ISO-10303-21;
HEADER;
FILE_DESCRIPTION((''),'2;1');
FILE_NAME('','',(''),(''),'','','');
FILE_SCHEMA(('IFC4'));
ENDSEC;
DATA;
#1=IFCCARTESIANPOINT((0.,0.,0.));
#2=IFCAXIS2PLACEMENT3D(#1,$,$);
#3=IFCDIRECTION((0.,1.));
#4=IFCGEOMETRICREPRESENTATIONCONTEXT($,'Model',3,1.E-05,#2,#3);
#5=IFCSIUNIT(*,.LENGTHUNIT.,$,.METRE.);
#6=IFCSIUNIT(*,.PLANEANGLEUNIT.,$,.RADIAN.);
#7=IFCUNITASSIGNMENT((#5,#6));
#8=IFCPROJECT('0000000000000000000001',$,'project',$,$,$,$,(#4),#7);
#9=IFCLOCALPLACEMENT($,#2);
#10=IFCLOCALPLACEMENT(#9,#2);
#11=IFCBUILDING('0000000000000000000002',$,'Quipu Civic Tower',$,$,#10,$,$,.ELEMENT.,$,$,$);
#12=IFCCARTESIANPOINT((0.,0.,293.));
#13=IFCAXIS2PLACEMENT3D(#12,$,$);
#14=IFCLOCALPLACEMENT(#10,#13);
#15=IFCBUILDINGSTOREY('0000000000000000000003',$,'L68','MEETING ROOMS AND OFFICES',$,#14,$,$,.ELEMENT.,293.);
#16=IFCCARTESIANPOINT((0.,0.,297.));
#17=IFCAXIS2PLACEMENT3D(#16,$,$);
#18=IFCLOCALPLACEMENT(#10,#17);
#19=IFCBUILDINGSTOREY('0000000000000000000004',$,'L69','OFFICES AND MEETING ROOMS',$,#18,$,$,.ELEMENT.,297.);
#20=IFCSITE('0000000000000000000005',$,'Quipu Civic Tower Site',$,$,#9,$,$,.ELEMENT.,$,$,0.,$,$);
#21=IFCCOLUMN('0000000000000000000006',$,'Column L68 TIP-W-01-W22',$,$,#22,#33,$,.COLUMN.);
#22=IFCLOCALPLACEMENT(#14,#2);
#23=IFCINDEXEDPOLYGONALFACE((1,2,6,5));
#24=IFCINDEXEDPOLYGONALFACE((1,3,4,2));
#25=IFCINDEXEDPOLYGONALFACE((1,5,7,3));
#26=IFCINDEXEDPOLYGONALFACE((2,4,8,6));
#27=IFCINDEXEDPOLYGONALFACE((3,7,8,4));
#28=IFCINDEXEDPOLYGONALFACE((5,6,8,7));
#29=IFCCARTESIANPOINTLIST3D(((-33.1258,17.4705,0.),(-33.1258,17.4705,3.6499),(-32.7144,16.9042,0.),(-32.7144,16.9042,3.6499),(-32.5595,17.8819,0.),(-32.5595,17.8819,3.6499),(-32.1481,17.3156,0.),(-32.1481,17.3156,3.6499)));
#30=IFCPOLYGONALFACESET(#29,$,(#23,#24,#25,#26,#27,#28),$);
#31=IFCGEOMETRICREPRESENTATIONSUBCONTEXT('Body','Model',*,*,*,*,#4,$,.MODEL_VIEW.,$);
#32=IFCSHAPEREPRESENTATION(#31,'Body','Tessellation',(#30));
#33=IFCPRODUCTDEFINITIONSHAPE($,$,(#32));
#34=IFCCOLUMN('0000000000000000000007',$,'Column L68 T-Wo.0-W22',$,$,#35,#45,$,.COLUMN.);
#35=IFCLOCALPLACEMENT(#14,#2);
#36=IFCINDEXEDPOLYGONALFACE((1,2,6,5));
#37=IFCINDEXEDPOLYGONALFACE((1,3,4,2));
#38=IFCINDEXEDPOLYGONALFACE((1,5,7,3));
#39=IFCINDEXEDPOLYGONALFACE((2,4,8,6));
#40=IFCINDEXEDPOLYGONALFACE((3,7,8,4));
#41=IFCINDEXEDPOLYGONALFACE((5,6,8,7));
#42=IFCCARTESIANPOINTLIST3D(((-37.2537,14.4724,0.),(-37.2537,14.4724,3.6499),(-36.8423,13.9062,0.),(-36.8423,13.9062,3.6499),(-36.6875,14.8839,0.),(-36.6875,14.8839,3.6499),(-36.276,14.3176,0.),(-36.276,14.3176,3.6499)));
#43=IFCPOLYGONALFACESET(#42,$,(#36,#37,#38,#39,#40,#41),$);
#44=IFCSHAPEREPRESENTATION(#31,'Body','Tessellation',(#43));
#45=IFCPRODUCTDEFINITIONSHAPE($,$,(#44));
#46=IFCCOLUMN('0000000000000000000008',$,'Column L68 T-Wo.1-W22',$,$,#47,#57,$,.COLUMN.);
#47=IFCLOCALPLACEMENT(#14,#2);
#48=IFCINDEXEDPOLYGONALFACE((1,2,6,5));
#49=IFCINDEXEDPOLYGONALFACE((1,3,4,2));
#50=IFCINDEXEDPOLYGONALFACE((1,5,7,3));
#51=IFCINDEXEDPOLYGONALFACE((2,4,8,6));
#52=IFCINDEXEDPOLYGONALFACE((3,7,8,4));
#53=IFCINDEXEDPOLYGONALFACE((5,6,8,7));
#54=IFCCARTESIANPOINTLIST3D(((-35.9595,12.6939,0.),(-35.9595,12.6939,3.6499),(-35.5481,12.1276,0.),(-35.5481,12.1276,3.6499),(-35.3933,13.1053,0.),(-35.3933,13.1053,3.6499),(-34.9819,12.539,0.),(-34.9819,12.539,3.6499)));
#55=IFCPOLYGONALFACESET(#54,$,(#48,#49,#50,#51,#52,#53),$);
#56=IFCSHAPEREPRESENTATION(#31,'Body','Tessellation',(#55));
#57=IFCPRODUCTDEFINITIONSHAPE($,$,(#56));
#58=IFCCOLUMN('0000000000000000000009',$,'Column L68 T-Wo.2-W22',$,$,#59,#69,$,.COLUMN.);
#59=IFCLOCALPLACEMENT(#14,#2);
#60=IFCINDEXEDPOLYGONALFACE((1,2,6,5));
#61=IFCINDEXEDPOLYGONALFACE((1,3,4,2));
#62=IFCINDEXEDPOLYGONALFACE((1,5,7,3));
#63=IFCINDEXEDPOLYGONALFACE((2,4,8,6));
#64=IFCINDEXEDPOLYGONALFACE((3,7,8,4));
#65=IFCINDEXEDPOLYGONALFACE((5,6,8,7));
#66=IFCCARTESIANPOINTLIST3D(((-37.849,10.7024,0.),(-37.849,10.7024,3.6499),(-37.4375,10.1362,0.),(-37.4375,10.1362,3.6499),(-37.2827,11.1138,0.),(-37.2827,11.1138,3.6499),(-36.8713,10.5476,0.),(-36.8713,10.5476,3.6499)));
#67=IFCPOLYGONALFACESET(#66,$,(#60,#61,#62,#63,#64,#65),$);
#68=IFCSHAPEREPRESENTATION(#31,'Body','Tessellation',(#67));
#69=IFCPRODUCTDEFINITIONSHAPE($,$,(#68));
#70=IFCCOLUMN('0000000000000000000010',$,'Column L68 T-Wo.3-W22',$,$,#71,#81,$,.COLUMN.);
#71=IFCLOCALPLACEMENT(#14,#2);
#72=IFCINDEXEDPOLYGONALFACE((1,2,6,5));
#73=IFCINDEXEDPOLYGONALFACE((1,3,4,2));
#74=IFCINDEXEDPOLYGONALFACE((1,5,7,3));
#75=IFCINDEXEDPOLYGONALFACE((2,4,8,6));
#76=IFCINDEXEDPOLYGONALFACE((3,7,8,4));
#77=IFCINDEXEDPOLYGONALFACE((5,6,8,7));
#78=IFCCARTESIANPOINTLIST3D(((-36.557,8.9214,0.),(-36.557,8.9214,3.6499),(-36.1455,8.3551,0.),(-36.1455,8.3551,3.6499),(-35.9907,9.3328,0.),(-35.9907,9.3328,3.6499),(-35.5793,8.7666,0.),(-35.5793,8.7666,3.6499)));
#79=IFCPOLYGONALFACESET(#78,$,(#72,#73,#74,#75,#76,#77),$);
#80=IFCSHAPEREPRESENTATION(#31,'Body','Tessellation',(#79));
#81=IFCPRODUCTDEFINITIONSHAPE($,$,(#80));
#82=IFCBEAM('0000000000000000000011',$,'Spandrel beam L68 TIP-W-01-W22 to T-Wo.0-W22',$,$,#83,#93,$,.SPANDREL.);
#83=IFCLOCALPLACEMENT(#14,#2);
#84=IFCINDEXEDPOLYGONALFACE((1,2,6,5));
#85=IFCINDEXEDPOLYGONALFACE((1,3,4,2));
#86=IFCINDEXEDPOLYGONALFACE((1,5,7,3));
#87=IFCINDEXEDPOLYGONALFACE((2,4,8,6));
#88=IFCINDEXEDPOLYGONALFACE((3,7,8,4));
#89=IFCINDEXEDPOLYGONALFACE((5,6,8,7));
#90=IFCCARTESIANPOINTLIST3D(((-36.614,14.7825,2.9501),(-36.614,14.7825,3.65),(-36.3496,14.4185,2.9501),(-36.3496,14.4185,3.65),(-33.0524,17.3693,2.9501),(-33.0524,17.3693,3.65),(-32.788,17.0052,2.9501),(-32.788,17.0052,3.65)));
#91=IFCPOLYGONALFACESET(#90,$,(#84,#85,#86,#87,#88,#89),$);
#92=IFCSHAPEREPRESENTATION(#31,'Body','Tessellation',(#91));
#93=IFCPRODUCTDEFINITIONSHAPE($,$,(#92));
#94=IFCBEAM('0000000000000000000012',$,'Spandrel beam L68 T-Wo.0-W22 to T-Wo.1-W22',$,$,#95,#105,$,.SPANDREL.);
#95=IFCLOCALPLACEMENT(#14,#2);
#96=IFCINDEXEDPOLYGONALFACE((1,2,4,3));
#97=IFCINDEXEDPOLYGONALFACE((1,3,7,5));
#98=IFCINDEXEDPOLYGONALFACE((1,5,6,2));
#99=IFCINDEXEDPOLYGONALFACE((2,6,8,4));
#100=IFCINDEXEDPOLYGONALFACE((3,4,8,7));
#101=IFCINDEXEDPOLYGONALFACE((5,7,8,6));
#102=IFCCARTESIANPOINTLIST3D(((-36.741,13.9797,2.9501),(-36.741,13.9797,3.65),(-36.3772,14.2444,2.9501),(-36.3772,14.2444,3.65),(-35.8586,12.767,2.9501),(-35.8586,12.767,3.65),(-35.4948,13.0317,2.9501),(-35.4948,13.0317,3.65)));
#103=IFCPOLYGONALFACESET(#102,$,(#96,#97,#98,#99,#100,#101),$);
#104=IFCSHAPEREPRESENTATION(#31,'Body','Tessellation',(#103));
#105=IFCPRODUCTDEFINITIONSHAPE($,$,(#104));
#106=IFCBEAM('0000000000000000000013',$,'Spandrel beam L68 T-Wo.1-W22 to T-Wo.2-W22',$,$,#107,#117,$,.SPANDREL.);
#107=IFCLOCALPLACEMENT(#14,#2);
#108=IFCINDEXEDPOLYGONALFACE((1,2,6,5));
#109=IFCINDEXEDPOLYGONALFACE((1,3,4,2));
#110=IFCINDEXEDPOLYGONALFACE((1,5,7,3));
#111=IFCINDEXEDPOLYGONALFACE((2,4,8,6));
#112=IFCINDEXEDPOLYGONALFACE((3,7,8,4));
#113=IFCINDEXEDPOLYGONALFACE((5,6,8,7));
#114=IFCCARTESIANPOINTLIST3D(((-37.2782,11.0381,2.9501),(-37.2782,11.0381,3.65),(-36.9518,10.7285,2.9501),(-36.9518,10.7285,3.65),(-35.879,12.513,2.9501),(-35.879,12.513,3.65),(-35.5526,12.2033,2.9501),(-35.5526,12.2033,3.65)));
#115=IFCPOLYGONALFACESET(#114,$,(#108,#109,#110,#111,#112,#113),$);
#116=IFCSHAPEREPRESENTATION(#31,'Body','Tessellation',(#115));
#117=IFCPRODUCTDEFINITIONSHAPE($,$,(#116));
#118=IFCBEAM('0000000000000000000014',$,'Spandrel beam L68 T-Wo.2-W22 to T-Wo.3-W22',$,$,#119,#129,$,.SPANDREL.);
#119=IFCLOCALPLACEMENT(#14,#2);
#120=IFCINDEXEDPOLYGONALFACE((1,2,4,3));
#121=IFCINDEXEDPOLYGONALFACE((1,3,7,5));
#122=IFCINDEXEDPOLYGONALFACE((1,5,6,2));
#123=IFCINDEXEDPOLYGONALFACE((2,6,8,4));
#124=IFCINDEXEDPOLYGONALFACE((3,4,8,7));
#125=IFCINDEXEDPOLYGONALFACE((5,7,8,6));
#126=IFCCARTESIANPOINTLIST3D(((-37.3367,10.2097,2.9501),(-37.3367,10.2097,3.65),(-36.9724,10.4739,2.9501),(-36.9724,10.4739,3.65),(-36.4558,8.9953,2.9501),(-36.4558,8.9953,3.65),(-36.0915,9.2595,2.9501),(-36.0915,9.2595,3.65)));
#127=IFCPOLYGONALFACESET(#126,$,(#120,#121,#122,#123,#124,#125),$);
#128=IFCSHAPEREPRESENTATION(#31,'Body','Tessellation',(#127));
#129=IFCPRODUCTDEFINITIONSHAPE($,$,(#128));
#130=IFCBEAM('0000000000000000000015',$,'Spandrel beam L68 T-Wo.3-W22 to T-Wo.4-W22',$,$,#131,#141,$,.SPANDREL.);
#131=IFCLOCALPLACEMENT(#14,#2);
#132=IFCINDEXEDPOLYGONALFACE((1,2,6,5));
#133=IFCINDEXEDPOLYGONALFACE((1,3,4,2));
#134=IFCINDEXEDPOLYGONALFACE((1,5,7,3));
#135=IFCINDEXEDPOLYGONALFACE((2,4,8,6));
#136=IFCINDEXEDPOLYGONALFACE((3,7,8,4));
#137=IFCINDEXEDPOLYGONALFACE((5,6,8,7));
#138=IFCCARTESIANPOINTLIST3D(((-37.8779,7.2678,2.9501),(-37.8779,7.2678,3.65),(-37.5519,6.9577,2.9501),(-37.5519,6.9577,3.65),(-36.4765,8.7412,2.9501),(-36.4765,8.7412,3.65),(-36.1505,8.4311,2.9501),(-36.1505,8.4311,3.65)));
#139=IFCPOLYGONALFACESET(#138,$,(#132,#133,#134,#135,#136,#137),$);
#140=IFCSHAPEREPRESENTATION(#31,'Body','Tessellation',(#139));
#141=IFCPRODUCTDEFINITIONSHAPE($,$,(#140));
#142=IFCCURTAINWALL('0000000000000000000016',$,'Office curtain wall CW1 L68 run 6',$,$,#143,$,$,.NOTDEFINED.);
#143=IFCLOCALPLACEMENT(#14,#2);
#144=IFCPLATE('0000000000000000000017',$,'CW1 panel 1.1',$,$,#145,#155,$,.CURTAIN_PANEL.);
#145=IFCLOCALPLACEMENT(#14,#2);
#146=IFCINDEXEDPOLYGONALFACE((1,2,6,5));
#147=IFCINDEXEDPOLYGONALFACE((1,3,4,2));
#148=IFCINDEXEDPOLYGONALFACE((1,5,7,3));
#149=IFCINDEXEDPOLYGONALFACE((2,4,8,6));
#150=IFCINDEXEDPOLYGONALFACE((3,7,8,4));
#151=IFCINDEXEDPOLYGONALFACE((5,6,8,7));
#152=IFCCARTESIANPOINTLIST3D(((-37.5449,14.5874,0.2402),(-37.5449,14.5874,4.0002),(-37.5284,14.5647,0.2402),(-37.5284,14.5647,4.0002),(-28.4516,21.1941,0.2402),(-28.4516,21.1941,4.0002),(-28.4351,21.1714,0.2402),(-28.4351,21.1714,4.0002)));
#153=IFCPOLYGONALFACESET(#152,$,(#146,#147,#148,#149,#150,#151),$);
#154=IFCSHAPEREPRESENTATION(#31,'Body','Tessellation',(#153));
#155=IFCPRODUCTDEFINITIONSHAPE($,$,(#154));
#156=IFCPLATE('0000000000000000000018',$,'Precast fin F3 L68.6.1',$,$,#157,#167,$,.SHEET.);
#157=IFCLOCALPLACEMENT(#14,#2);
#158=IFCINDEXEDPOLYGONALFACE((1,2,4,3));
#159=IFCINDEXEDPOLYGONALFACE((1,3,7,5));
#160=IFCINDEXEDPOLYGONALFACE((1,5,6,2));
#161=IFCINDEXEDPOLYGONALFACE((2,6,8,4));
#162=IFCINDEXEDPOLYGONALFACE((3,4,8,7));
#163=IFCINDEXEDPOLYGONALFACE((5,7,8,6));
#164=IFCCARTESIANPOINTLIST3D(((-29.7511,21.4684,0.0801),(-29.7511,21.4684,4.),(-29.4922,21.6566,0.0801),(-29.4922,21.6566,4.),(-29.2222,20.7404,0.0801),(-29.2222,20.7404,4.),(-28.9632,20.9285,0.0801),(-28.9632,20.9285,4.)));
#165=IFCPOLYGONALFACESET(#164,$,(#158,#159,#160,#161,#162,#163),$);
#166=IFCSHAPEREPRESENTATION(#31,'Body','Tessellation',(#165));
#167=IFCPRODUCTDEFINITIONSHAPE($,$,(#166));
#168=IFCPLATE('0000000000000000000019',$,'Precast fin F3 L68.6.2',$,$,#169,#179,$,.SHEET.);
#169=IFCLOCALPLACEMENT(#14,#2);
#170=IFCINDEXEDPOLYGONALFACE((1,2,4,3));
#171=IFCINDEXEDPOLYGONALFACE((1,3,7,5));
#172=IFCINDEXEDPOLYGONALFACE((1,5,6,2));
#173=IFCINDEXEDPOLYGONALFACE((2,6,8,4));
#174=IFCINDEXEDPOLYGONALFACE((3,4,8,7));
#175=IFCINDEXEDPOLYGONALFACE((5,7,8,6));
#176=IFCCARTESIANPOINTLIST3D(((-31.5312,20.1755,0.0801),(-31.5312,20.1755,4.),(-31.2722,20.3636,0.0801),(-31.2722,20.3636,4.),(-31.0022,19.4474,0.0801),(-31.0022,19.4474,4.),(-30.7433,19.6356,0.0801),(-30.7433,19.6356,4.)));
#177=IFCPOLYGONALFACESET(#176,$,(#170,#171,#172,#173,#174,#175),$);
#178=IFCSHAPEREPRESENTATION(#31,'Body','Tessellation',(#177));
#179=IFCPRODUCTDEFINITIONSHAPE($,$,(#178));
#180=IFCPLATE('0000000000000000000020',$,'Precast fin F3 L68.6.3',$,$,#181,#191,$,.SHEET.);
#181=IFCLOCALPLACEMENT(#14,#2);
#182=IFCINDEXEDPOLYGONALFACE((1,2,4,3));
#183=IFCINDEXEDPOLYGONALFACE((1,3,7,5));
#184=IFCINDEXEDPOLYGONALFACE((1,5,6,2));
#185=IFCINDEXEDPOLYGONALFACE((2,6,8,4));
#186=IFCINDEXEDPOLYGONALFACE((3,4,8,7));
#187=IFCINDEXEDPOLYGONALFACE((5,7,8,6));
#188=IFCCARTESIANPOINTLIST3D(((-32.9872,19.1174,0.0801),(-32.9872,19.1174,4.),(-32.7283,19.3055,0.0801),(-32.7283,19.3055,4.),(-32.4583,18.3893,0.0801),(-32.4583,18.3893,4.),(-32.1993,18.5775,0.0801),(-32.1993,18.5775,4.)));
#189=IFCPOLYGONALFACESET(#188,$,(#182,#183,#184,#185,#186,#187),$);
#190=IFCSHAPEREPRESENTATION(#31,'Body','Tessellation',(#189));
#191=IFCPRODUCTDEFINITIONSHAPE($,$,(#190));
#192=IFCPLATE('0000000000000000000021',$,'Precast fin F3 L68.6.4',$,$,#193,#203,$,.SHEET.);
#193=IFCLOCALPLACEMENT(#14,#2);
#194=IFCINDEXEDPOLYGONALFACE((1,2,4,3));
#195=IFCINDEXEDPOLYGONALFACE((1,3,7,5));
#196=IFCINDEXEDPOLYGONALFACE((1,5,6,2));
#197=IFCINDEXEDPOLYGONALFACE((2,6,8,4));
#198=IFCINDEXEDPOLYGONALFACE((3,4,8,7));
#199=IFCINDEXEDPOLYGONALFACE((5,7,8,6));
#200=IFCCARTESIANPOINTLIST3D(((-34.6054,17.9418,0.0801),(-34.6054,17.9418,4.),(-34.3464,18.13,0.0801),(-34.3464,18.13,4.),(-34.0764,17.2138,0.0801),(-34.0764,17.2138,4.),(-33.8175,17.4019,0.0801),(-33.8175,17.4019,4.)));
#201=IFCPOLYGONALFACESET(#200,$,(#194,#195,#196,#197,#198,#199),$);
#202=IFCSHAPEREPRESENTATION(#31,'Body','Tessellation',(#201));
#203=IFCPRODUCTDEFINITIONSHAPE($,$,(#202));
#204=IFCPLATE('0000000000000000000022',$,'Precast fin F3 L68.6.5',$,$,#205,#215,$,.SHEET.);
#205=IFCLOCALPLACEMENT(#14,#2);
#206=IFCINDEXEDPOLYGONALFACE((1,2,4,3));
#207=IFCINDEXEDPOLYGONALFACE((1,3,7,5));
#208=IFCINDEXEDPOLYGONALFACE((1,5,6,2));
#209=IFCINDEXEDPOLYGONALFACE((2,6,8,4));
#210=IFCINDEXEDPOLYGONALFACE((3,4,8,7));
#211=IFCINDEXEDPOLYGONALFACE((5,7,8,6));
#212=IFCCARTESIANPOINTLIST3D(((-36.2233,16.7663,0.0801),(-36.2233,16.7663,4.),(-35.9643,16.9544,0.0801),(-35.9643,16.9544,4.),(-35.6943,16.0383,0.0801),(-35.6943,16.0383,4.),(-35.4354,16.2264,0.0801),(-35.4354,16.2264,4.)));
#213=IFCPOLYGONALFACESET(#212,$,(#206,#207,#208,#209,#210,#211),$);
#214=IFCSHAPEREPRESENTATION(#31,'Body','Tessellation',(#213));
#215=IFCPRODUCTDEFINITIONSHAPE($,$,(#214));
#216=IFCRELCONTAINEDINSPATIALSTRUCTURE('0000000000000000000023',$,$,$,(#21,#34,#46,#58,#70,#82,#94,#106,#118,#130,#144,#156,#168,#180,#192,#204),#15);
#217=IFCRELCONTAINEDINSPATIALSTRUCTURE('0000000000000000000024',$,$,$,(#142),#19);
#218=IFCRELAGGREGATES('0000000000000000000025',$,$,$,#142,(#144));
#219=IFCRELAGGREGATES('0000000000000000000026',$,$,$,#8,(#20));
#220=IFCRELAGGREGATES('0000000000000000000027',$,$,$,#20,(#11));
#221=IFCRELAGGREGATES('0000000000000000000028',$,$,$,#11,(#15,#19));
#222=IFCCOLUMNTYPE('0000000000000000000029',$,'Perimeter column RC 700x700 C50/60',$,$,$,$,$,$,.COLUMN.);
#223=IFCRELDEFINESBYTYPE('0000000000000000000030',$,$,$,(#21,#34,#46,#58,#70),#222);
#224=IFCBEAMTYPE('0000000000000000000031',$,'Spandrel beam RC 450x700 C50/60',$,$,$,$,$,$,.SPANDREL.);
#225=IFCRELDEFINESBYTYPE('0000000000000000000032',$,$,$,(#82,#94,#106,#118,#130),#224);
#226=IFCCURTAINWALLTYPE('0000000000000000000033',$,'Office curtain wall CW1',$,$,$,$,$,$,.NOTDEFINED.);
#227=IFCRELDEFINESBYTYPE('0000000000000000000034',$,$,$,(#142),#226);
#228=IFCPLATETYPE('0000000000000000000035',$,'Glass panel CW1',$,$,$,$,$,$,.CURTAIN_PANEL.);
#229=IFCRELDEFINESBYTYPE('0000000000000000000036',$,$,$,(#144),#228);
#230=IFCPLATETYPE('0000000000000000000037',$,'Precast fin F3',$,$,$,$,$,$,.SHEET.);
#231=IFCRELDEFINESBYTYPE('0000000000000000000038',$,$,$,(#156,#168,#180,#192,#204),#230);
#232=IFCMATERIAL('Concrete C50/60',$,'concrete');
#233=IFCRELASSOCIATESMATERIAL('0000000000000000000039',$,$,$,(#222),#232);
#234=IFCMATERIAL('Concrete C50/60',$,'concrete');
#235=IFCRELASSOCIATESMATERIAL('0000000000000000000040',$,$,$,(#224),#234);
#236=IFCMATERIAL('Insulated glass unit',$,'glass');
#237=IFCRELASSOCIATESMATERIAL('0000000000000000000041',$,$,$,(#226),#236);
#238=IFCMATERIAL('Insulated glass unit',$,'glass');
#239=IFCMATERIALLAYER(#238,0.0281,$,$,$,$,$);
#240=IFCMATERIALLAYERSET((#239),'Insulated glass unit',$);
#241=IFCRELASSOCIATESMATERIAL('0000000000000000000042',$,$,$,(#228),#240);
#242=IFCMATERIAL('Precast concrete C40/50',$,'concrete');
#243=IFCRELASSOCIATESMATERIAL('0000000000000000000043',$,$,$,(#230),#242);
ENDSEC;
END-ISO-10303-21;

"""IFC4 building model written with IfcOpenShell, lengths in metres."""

from ifc_helpers import new_model, si_unit, direction, frame, origin, origin_2d, place, context, subcontext, project, spatial, rectangle, extrude, material, layer, layer_set, material_profile, profile_set, type_object, element, aggregate, save


model = new_model("IFC4")

# Units and contexts
model_context = context("Model", 3, precision=1e-05, world=origin(), true_north=direction((0.0, 1.0)))
body_context = subcontext(model_context, "Body", "Model", "MODEL_VIEW")
ifc_project = project(units=[si_unit("LENGTHUNIT", "METRE"), si_unit("PLANEANGLEUNIT", "RADIAN")], contexts=[model_context])

# Site, building, storey
site_placement = place(None, origin())
site = spatial("IfcSite", under=ifc_project, at=site_placement, Name="Quipu Civic Tower Site", CompositionType="ELEMENT", RefElevation=0.0)
building_placement = place(site_placement, origin())
building = spatial("IfcBuilding", under=site, at=building_placement, Name="Quipu Civic Tower", CompositionType="ELEMENT")
storey_1_placement = place(building_placement, frame((0.0, 0.0, 293.0)))
storey_1 = spatial("IfcBuildingStorey", under=building, at=storey_1_placement, Name="L68", Description="MEETING ROOMS AND OFFICES", CompositionType="ELEMENT", Elevation=293.0)

# Columns
ifc_material_1 = material(Name="Concrete C50/60", Category="concrete")
ifc_material_profile_1 = material_profile(ifc_material_1, rectangle(XDim=0.7, YDim=0.7, at=origin_2d()), Name="RC700x700")
ifc_profile_set_1 = profile_set([ifc_material_profile_1], Name="Concrete C50/60")
column_type = type_object("IfcColumnType", Name="Perimeter column RC 700x700 C50/60", PredefinedType="COLUMN", material=ifc_profile_set_1)
for number, where, z_axis, x_axis, name in (
    (1, (-32.637, 17.3931, 0.0), (0.0, 0.0, 1.0), (-0.809017, -0.587785, 0.0), "Column L68 TIP-W-01-W22"),
    (2, (-36.7649, 14.395, 0.0), (0.0, 0.0, 1.0), (0.587785, -0.809017, 0.0), "Column L68 T-Wo.0-W22"),
    (3, (-35.4707, 12.6165, 0.0), (0.0, 0.0, 1.0), (-0.809017, -0.587785, 0.0), "Column L68 T-Wo.1-W22"),
    (4, (-37.3601, 10.625, 0.0), (0.0, 0.0, 1.0), (0.587785, -0.809017, 0.0), "Column L68 T-Wo.2-W22"),
    (5, (-36.0681, 8.844, 0.0), (0.0, 0.0, 1.0), (0.587785, -0.809017, 0.0), "Column L68 T-Wo.3-W22"),
):
    element("IfcColumn", number, at=place(storey_1_placement, frame(where, z_axis=z_axis, x_axis=x_axis)), inside=storey_1, type_object=column_type, Name=name, PredefinedType="COLUMN", context=body_context, shape_type="SweptSolid", body=[
        extrude(rectangle(XDim=0.7, YDim=0.7, at=origin_2d()), origin(), (0.0, 0.0, 1.0), 3.6499),
    ])

# Beams
ifc_material_2 = material(Name="Concrete C50/60", Category="concrete")
ifc_material_profile_2 = material_profile(ifc_material_2, rectangle(XDim=0.45, YDim=0.7, at=origin_2d()), Name="RC450x700")
ifc_profile_set_2 = profile_set([ifc_material_profile_2], Name="Concrete C50/60")
beam_type = type_object("IfcBeamType", Name="Spandrel beam RC 450x700 C50/60", PredefinedType="SPANDREL", material=ifc_profile_set_2)
beam_1_placement = place(storey_1_placement, frame((-32.9202, 17.1873, 3.3), z_axis=(-0.809117, -0.587647, 0.0), x_axis=(0.587647, -0.809117, 0.0)))
element("IfcBeam", 6, at=beam_1_placement, inside=storey_1, type_object=beam_type, Name="Spandrel beam L68 TIP-W-01-W22 to T-Wo.0-W22", PredefinedType="SPANDREL", context=body_context, shape_type="SweptSolid", body=[
    extrude(rectangle(XDim=0.45, YDim=0.7, at=origin_2d()), origin(), (0.0, 0.0, 1.0), 4.4019),
])
beam_2_placement = place(storey_1_placement, frame((-36.5591, 14.1121, 3.3), z_axis=(0.588346, -0.808609, 0.0), x_axis=(0.808609, 0.588346, 0.0)))
element("IfcBeam", 7, at=beam_2_placement, inside=storey_1, type_object=beam_type, Name="Spandrel beam L68 T-Wo.0-W22 to T-Wo.1-W22", PredefinedType="SPANDREL", context=body_context, shape_type="SweptSolid", body=[
    extrude(rectangle(XDim=0.45, YDim=0.7, at=origin_2d()), origin(), (0.0, 0.0, 1.0), 1.4998),
])
beam_3_placement = place(storey_1_placement, frame((-35.7158, 12.3582, 3.3), z_axis=(-0.688247, -0.725476, 0.0), x_axis=(0.725476, -0.688247, 0.0)))
element("IfcBeam", 8, at=beam_3_placement, inside=storey_1, type_object=beam_type, Name="Spandrel beam L68 T-Wo.1-W22 to T-Wo.2-W22", PredefinedType="SPANDREL", context=body_context, shape_type="SweptSolid", body=[
    extrude(rectangle(XDim=0.45, YDim=0.7, at=origin_2d()), origin(), (0.0, 0.0, 1.0), 2.033),
])
beam_4_placement = place(storey_1_placement, frame((-37.1545, 10.3418, 3.3), z_axis=(0.587165, -0.809467, 0.0), x_axis=(0.809467, 0.587165, 0.0)))
element("IfcBeam", 9, at=beam_4_placement, inside=storey_1, type_object=beam_type, Name="Spandrel beam L68 T-Wo.2-W22 to T-Wo.3-W22", PredefinedType="SPANDREL", context=body_context, shape_type="SweptSolid", body=[
    extrude(rectangle(XDim=0.45, YDim=0.7, at=origin_2d()), origin(), (0.0, 0.0, 1.0), 1.5002),
])
beam_5_placement = place(storey_1_placement, frame((-36.3135, 8.5862, 3.3), z_axis=(-0.689175, -0.724595, 0.0), x_axis=(0.724595, -0.689175, 0.0)))
element("IfcBeam", 10, at=beam_5_placement, inside=storey_1, type_object=beam_type, Name="Spandrel beam L68 T-Wo.3-W22 to T-Wo.4-W22", PredefinedType="SPANDREL", context=body_context, shape_type="SweptSolid", body=[
    extrude(rectangle(XDim=0.45, YDim=0.7, at=origin_2d()), origin(), (0.0, 0.0, 1.0), 2.0334),
])

# Shared definitions
storey_2_placement = place(building_placement, frame((0.0, 0.0, 297.0)))
storey_2 = spatial("IfcBuildingStorey", under=building, at=storey_2_placement, Name="L69", Description="OFFICES AND MEETING ROOMS", CompositionType="ELEMENT", Elevation=297.0)

# Curtain wall, plate
ifc_material_3 = material(Name="Insulated glass unit", Category="glass")
curtain_wall_type = type_object("IfcCurtainWallType", Name="Office curtain wall CW1", PredefinedType="NOTDEFINED", material=ifc_material_3)
curtain_wall_placement = place(storey_2_placement, origin())
curtain_wall = element("IfcCurtainWall", 11, at=curtain_wall_placement, inside=storey_2, type_object=curtain_wall_type, Name="Office curtain wall CW1 L68 run 6", PredefinedType="NOTDEFINED")
ifc_material_4 = material(Name="Insulated glass unit", Category="glass")
ifc_layer = layer(ifc_material_4, 0.0281)
ifc_layer_set = layer_set([ifc_layer], Name="Insulated glass unit")
plate_type_1 = type_object("IfcPlateType", Name="Glass panel CW1", PredefinedType="CURTAIN_PANEL", material=ifc_layer_set)
plate_placement = place(storey_1_placement, frame((-32.99, 17.8794, 0.2402), z_axis=(0.0, 0.0, 1.0), x_axis=(-0.809015, -0.587788, 0.0)))
plate = element("IfcPlate", 12, at=plate_placement, inside=storey_1, type_object=plate_type_1, Name="CW1 panel 1.1", PredefinedType="CURTAIN_PANEL", context=body_context, shape_type="SweptSolid", body=[
    extrude(rectangle(XDim=11.24, YDim=0.0281, at=origin_2d()), origin(), (0.0, 0.0, 1.0), 3.76),
])
aggregate(curtain_wall, [plate])

# Plates
ifc_material_5 = material(Name="Precast concrete C40/50", Category="concrete")
plate_type_2 = type_object("IfcPlateType", Name="Precast fin F3", PredefinedType="SHEET", material=ifc_material_5)
for number, where, z_axis, x_axis, name in (
    (13, (-29.3572, 21.1985, 0.0801), (0.0, 0.0, 1.0), (-0.809017, -0.587785, 0.0), "Precast fin F3 L68.6.1"),
    (14, (-31.1372, 19.9055, 0.0801), (0.0, 0.0, 1.0), (-0.809017, -0.587785, 0.0), "Precast fin F3 L68.6.2"),
    (15, (-32.5933, 18.8474, 0.0801), (0.0, 0.0, 1.0), (-0.809017, -0.587785, 0.0), "Precast fin F3 L68.6.3"),
    (16, (-34.2114, 17.6719, 0.0801), (0.0, 0.0, 1.0), (-0.809017, -0.587785, 0.0), "Precast fin F3 L68.6.4"),
    (17, (-35.8293, 16.4963, 0.0801), (0.0, 0.0, 1.0), (-0.809017, -0.587785, 0.0), "Precast fin F3 L68.6.5"),
):
    element("IfcPlate", number, at=place(storey_1_placement, frame(where, z_axis=z_axis, x_axis=x_axis)), inside=storey_1, type_object=plate_type_2, Name=name, PredefinedType="SHEET", context=body_context, shape_type="SweptSolid", body=[
        extrude(rectangle(XDim=0.3201, YDim=0.8999, at=origin_2d()), origin(), (0.0, 0.0, 1.0), 3.9199),
    ])

save(model, "model.ifc")
